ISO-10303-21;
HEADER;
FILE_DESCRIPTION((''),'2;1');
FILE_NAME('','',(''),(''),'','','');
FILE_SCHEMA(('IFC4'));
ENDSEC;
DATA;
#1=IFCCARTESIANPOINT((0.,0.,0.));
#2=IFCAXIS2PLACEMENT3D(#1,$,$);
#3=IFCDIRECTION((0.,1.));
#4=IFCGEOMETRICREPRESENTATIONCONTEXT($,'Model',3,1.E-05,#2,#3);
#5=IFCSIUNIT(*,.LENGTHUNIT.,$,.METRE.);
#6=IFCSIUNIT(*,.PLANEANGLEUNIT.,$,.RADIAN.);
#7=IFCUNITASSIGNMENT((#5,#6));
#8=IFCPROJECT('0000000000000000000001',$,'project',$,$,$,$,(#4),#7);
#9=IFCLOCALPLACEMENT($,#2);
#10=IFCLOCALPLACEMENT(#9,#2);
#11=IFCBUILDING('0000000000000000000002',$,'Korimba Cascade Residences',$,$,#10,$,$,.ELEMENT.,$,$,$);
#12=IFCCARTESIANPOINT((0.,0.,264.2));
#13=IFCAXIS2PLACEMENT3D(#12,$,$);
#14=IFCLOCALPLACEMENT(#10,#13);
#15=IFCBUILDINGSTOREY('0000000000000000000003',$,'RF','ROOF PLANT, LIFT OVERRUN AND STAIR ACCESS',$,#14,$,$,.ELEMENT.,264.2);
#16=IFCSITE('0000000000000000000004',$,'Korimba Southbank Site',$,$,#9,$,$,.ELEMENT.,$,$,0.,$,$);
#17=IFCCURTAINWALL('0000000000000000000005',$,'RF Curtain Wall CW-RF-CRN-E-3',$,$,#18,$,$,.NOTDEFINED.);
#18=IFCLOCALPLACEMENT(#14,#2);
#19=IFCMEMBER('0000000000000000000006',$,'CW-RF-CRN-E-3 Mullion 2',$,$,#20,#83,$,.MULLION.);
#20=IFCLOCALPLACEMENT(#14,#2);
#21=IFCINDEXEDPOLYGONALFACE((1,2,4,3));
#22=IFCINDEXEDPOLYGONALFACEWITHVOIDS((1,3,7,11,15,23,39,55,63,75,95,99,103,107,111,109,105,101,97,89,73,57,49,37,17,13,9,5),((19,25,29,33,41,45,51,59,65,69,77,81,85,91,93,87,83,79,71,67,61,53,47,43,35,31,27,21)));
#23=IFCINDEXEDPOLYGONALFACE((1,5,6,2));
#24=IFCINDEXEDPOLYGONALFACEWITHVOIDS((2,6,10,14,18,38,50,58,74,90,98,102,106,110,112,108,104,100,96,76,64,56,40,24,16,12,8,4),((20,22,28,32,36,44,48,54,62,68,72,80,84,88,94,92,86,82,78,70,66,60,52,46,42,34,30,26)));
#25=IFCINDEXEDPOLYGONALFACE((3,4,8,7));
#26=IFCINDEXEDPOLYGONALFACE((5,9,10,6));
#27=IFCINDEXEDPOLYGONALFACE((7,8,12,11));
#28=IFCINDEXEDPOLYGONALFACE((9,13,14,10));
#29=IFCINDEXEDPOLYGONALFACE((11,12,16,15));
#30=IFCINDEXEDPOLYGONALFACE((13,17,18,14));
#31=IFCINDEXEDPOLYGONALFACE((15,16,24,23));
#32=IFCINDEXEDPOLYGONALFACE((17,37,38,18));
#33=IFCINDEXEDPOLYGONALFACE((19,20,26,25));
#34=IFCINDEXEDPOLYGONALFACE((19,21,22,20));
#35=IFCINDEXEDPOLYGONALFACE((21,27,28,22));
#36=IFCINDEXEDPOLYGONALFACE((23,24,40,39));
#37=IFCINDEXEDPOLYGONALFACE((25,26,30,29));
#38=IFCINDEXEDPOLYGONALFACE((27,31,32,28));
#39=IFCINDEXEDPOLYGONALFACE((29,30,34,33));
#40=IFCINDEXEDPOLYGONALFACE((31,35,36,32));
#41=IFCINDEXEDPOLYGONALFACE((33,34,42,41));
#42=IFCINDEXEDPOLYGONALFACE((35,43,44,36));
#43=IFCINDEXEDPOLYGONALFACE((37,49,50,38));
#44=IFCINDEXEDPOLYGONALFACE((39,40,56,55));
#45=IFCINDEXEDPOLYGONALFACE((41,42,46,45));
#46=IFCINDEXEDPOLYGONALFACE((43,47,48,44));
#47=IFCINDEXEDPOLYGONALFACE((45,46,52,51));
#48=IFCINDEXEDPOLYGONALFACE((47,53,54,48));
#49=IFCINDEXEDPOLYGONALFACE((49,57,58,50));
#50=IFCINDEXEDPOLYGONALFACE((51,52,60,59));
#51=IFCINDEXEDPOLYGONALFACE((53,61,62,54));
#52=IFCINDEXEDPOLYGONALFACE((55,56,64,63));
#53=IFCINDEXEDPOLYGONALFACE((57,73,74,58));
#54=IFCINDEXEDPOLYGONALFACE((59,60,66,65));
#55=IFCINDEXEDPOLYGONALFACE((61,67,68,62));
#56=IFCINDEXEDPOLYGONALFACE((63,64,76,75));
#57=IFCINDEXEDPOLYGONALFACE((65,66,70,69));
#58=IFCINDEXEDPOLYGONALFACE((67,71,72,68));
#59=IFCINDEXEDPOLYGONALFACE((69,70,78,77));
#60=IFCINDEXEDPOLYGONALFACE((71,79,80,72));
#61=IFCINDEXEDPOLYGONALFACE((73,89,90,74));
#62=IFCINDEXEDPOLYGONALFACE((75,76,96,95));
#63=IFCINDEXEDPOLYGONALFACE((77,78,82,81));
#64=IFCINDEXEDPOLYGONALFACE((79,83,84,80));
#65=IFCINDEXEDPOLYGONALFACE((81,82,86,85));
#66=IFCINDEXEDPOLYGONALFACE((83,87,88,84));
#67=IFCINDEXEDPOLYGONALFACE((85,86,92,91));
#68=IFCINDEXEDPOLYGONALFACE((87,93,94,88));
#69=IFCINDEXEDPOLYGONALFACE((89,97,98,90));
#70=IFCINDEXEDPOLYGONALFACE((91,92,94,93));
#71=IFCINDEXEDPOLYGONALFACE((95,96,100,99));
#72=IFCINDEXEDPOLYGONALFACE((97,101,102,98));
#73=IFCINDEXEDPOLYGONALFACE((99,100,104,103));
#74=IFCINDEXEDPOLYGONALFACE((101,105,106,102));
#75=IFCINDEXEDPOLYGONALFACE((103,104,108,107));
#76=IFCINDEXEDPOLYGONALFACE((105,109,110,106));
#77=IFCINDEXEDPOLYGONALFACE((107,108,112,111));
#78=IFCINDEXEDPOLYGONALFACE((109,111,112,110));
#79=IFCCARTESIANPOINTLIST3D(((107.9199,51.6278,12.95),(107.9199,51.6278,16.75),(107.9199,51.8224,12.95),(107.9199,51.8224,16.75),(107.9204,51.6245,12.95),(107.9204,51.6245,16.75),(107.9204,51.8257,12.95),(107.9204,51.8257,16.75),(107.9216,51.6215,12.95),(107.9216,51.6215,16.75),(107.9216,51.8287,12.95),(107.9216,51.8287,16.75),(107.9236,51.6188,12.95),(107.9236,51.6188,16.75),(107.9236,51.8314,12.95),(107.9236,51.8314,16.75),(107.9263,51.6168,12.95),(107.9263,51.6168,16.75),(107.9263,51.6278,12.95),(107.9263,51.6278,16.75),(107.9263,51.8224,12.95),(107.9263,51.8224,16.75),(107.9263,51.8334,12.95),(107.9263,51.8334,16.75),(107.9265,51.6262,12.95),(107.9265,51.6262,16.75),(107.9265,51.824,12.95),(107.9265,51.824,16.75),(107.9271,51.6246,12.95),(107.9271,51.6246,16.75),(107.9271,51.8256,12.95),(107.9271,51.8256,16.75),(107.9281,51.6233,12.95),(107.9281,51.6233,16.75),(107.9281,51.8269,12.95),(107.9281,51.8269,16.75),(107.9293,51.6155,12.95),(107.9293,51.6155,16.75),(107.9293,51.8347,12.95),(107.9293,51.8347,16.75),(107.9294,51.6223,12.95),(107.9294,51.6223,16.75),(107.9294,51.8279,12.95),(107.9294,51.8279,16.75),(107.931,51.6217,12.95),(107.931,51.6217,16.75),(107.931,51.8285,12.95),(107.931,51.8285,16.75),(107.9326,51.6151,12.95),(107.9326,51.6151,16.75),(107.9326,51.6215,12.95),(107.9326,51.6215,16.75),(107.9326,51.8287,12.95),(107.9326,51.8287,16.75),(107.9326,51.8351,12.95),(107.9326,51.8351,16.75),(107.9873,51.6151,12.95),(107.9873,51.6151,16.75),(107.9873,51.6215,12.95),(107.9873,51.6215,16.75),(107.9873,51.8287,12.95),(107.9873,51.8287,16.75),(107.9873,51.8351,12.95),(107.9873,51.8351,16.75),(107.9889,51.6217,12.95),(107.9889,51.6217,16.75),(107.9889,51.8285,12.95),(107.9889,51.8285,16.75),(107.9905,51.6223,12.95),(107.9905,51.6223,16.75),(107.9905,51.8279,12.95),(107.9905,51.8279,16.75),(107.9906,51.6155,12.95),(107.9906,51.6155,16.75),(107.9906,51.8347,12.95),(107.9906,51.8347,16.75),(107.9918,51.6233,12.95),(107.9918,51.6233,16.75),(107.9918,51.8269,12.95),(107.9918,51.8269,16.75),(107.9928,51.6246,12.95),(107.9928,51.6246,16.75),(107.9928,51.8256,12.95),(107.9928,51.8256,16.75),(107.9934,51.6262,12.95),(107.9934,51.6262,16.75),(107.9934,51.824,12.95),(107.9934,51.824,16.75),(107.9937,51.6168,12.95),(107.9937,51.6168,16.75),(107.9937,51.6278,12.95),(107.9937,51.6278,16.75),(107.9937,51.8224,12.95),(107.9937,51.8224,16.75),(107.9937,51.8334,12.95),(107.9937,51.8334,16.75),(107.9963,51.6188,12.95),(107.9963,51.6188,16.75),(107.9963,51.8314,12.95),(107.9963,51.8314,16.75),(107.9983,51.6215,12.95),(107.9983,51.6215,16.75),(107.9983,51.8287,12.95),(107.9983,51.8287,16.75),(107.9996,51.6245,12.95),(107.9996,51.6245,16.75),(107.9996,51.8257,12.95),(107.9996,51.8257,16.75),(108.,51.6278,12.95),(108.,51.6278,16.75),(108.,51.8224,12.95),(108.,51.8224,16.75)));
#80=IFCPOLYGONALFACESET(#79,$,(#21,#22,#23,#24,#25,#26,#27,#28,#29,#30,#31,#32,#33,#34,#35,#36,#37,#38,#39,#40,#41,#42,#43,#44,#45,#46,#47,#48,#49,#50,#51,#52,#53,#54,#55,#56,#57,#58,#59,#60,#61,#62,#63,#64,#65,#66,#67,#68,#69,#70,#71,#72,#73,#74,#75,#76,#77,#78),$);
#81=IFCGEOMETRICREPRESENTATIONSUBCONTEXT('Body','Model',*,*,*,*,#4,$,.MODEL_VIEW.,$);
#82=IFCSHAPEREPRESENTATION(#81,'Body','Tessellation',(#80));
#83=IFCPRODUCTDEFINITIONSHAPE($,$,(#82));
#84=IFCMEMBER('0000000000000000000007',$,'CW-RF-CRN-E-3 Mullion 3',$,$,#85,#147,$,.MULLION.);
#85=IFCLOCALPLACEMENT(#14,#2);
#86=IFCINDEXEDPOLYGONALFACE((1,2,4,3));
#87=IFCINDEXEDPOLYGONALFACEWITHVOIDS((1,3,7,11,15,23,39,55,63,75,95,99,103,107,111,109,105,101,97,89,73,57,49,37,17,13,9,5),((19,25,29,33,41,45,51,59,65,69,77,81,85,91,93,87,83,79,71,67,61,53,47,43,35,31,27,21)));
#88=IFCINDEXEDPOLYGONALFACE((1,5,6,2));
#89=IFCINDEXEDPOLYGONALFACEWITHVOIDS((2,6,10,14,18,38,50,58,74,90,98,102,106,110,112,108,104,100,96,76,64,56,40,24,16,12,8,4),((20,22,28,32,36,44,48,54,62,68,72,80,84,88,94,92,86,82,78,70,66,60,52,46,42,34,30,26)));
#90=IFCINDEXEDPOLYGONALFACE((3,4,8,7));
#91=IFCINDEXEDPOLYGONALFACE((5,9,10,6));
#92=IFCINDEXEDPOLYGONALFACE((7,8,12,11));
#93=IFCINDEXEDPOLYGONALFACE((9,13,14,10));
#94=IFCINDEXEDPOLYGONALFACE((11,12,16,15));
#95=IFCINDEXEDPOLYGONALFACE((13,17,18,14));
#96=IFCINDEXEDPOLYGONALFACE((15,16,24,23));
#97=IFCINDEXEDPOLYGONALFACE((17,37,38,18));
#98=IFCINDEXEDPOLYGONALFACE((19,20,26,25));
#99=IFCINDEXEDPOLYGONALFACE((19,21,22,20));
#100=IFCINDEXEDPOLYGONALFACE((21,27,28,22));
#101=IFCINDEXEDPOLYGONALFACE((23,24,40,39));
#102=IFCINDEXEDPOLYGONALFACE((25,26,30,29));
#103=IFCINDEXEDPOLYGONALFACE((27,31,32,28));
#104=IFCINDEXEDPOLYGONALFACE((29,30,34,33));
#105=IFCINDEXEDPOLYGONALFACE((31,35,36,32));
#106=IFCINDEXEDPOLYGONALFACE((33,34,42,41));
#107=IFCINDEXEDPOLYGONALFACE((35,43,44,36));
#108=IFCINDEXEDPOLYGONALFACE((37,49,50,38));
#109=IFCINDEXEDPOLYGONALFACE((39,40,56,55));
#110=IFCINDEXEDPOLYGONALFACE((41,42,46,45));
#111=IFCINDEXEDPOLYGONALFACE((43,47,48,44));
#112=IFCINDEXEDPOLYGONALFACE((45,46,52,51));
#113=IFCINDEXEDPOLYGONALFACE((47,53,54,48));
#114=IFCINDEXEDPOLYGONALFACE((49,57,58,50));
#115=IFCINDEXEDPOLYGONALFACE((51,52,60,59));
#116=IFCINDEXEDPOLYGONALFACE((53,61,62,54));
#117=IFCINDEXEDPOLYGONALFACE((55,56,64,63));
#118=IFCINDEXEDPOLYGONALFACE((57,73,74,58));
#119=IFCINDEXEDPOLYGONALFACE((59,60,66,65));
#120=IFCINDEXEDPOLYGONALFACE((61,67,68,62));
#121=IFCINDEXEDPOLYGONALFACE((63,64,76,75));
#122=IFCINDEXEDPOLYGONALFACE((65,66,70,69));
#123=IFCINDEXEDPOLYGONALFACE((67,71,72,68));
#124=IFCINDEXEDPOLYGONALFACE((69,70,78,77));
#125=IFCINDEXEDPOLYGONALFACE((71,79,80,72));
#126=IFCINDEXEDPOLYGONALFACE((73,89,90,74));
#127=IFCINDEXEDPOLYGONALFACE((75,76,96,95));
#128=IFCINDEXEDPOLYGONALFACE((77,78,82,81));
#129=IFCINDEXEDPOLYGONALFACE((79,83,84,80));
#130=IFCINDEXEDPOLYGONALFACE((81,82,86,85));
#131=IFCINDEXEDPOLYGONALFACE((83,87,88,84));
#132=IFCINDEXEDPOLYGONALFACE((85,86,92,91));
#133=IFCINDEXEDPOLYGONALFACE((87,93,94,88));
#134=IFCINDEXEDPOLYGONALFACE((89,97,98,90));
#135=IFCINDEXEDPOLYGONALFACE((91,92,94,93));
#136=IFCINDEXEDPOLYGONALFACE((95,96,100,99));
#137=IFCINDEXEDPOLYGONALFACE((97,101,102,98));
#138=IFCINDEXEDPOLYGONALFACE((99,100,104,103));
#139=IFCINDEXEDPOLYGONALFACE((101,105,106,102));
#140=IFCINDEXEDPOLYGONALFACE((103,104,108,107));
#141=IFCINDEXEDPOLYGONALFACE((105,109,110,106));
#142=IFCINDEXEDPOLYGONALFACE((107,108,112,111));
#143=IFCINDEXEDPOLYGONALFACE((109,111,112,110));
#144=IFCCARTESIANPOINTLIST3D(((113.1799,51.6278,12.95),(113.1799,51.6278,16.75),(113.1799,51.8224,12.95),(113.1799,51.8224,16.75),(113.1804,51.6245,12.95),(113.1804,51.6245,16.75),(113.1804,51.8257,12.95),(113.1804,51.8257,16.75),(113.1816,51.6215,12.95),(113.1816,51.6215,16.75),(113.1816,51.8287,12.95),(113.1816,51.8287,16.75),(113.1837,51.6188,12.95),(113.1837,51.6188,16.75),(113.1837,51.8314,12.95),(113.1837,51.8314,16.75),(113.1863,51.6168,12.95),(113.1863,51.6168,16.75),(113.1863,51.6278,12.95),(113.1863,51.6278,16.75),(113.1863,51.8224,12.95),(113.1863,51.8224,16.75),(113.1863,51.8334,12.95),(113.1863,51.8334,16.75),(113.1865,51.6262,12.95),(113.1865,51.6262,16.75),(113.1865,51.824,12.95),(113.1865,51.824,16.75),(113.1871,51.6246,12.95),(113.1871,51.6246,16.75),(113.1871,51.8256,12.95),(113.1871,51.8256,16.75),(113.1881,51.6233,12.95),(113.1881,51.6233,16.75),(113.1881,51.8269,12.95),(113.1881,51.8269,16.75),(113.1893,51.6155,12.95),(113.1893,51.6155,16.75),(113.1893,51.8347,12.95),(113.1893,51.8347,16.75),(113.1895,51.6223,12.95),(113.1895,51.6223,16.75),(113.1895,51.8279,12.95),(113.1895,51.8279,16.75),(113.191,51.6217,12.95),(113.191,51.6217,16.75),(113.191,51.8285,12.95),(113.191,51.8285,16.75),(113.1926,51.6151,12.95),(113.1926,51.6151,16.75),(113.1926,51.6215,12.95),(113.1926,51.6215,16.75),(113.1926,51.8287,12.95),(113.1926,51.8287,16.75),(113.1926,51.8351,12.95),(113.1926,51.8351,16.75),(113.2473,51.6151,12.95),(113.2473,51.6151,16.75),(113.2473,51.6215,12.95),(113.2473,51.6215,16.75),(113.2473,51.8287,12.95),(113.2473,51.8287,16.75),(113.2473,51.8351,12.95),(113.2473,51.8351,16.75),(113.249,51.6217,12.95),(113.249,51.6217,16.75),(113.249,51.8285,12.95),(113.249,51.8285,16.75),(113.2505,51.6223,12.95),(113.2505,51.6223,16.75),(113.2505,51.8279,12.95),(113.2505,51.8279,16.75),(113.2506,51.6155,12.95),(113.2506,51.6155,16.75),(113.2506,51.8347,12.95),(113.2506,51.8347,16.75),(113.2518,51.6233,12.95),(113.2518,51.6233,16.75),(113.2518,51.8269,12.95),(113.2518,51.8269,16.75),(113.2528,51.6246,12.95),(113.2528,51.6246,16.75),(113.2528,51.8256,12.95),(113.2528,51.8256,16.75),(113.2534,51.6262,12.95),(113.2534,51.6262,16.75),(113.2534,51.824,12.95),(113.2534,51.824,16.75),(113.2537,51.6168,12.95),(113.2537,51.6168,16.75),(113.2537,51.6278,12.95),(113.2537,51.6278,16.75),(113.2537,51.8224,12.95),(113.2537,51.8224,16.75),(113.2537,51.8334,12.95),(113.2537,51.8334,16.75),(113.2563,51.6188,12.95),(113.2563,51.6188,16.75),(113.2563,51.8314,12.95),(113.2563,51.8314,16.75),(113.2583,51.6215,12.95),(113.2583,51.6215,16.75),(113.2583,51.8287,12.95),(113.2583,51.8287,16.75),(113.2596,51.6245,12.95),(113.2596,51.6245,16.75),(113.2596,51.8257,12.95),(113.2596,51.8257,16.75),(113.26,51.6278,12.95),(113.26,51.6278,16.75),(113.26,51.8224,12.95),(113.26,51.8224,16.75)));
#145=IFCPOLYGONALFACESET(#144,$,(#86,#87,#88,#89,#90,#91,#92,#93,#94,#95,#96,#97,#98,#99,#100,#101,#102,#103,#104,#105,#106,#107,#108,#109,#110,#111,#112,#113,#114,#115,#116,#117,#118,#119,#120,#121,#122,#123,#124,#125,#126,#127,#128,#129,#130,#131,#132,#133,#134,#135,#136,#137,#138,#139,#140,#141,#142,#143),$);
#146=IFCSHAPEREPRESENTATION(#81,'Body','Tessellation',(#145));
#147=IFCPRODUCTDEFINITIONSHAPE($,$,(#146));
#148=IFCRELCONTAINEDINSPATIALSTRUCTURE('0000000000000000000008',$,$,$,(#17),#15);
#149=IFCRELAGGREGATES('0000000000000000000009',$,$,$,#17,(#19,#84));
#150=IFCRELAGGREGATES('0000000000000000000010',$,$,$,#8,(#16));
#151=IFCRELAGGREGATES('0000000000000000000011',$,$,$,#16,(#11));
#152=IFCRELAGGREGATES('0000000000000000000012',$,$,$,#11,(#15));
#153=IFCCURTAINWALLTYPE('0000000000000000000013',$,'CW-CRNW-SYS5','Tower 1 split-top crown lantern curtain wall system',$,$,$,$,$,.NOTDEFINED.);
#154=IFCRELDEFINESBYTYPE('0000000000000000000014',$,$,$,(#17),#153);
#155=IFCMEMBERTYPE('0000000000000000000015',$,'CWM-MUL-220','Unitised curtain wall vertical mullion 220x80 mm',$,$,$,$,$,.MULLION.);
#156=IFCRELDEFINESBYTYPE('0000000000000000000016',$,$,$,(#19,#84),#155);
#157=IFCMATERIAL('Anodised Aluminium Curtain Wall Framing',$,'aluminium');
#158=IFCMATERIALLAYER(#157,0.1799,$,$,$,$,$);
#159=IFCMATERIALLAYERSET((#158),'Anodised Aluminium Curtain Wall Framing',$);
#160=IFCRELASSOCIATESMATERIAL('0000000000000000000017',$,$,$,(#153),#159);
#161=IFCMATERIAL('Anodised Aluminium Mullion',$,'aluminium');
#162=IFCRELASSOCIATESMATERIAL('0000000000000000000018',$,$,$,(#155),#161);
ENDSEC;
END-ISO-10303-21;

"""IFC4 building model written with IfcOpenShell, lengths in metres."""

from ifc_helpers import new_model, si_unit, direction, frame, origin, origin_2d, place, context, subcontext, project, spatial, hollow_rectangle, extrude, material, layer, layer_set, material_profile, profile_set, type_object, element, aggregate, save


model = new_model("IFC4")

# Units and contexts
model_context = context("Model", 3, precision=1e-05, world=origin(), true_north=direction((0.0, 1.0)))
body_context = subcontext(model_context, "Body", "Model", "MODEL_VIEW")
ifc_project = project(units=[si_unit("LENGTHUNIT", "METRE"), si_unit("PLANEANGLEUNIT", "RADIAN")], contexts=[model_context])

# Site, building, storey
site_placement = place(None, origin())
site = spatial("IfcSite", under=ifc_project, at=site_placement, Name="Korimba Southbank Site", CompositionType="ELEMENT", RefElevation=0.0)
building_placement = place(site_placement, origin())
building = spatial("IfcBuilding", under=site, at=building_placement, Name="Korimba Cascade Residences", CompositionType="ELEMENT")
storey_placement = place(building_placement, frame((0.0, 0.0, 264.2)))
storey = spatial("IfcBuildingStorey", under=building, at=storey_placement, Name="RF", Description="ROOF PLANT, LIFT OVERRUN AND STAIR ACCESS", CompositionType="ELEMENT", Elevation=264.2)

# Curtain wall, members
ifc_material_1 = material(Name="Anodised Aluminium Curtain Wall Framing", Category="aluminium")
ifc_layer_1 = layer(ifc_material_1, 0.1799)
ifc_layer_set_1 = layer_set([ifc_layer_1], Name="Anodised Aluminium Curtain Wall Framing")
curtain_wall_type = type_object("IfcCurtainWallType", Name="CW-CRNW-SYS5", Description="Tower 1 split-top crown lantern curtain wall system", PredefinedType="NOTDEFINED", material=ifc_layer_set_1)
curtain_wall_placement = place(storey_placement, origin())
curtain_wall = element("IfcCurtainWall", 1, at=curtain_wall_placement, inside=storey, type_object=curtain_wall_type, Name="RF Curtain Wall CW-RF-CRN-E-3", PredefinedType="NOTDEFINED")
ifc_material_2 = material(Name="Anodised Aluminium Mullion", Category="aluminium")
ifc_material_profile_1 = material_profile(ifc_material_2, hollow_rectangle(XDim=0.0801, YDim=0.22, WallThickness=0.0063, InnerFilletRadius=0.0063, OuterFilletRadius=0.0127, at=origin_2d()), Name="Anodised Aluminium Mullion")
ifc_profile_set_1 = profile_set([ifc_material_profile_1], Name="Anodised Aluminium Mullion")
member_type_1 = type_object("IfcMemberType", Name="CWM-MUL-220", Description="Unitised curtain wall vertical mullion 220x80 mm", PredefinedType="MULLION", material=ifc_profile_set_1)
member_1_placement = place(storey_placement, frame((107.96, 51.7251, 12.95), z_axis=(0.0, 0.0, 1.0), x_axis=(1.0, 0.0, 0.0)))
member_1 = element("IfcMember", 2, at=member_1_placement, type_object=member_type_1, Name="CW-RF-CRN-E-3 Mullion 2", PredefinedType="MULLION", context=body_context, shape_type="SweptSolid", body=[
    extrude(hollow_rectangle(XDim=0.0801, YDim=0.22, WallThickness=0.0063, InnerFilletRadius=0.0063, OuterFilletRadius=0.0127, at=origin_2d()), origin(), (0.0, 0.0, 1.0), 3.8),
])
member_2_placement = place(storey_placement, frame((113.22, 51.7251, 12.95), z_axis=(0.0, 0.0, 1.0), x_axis=(1.0, 0.0, 0.0)))
member_2 = element("IfcMember", 3, at=member_2_placement, type_object=member_type_1, Name="CW-RF-CRN-E-3 Mullion 3", PredefinedType="MULLION", context=body_context, shape_type="SweptSolid", body=[
    extrude(hollow_rectangle(XDim=0.0801, YDim=0.22, WallThickness=0.0063, InnerFilletRadius=0.0063, OuterFilletRadius=0.0127, at=origin_2d()), origin(), (0.0, 0.0, 1.0), 3.8),
])
aggregate(curtain_wall, [member_1, member_2])

save(model, "model.ifc")
